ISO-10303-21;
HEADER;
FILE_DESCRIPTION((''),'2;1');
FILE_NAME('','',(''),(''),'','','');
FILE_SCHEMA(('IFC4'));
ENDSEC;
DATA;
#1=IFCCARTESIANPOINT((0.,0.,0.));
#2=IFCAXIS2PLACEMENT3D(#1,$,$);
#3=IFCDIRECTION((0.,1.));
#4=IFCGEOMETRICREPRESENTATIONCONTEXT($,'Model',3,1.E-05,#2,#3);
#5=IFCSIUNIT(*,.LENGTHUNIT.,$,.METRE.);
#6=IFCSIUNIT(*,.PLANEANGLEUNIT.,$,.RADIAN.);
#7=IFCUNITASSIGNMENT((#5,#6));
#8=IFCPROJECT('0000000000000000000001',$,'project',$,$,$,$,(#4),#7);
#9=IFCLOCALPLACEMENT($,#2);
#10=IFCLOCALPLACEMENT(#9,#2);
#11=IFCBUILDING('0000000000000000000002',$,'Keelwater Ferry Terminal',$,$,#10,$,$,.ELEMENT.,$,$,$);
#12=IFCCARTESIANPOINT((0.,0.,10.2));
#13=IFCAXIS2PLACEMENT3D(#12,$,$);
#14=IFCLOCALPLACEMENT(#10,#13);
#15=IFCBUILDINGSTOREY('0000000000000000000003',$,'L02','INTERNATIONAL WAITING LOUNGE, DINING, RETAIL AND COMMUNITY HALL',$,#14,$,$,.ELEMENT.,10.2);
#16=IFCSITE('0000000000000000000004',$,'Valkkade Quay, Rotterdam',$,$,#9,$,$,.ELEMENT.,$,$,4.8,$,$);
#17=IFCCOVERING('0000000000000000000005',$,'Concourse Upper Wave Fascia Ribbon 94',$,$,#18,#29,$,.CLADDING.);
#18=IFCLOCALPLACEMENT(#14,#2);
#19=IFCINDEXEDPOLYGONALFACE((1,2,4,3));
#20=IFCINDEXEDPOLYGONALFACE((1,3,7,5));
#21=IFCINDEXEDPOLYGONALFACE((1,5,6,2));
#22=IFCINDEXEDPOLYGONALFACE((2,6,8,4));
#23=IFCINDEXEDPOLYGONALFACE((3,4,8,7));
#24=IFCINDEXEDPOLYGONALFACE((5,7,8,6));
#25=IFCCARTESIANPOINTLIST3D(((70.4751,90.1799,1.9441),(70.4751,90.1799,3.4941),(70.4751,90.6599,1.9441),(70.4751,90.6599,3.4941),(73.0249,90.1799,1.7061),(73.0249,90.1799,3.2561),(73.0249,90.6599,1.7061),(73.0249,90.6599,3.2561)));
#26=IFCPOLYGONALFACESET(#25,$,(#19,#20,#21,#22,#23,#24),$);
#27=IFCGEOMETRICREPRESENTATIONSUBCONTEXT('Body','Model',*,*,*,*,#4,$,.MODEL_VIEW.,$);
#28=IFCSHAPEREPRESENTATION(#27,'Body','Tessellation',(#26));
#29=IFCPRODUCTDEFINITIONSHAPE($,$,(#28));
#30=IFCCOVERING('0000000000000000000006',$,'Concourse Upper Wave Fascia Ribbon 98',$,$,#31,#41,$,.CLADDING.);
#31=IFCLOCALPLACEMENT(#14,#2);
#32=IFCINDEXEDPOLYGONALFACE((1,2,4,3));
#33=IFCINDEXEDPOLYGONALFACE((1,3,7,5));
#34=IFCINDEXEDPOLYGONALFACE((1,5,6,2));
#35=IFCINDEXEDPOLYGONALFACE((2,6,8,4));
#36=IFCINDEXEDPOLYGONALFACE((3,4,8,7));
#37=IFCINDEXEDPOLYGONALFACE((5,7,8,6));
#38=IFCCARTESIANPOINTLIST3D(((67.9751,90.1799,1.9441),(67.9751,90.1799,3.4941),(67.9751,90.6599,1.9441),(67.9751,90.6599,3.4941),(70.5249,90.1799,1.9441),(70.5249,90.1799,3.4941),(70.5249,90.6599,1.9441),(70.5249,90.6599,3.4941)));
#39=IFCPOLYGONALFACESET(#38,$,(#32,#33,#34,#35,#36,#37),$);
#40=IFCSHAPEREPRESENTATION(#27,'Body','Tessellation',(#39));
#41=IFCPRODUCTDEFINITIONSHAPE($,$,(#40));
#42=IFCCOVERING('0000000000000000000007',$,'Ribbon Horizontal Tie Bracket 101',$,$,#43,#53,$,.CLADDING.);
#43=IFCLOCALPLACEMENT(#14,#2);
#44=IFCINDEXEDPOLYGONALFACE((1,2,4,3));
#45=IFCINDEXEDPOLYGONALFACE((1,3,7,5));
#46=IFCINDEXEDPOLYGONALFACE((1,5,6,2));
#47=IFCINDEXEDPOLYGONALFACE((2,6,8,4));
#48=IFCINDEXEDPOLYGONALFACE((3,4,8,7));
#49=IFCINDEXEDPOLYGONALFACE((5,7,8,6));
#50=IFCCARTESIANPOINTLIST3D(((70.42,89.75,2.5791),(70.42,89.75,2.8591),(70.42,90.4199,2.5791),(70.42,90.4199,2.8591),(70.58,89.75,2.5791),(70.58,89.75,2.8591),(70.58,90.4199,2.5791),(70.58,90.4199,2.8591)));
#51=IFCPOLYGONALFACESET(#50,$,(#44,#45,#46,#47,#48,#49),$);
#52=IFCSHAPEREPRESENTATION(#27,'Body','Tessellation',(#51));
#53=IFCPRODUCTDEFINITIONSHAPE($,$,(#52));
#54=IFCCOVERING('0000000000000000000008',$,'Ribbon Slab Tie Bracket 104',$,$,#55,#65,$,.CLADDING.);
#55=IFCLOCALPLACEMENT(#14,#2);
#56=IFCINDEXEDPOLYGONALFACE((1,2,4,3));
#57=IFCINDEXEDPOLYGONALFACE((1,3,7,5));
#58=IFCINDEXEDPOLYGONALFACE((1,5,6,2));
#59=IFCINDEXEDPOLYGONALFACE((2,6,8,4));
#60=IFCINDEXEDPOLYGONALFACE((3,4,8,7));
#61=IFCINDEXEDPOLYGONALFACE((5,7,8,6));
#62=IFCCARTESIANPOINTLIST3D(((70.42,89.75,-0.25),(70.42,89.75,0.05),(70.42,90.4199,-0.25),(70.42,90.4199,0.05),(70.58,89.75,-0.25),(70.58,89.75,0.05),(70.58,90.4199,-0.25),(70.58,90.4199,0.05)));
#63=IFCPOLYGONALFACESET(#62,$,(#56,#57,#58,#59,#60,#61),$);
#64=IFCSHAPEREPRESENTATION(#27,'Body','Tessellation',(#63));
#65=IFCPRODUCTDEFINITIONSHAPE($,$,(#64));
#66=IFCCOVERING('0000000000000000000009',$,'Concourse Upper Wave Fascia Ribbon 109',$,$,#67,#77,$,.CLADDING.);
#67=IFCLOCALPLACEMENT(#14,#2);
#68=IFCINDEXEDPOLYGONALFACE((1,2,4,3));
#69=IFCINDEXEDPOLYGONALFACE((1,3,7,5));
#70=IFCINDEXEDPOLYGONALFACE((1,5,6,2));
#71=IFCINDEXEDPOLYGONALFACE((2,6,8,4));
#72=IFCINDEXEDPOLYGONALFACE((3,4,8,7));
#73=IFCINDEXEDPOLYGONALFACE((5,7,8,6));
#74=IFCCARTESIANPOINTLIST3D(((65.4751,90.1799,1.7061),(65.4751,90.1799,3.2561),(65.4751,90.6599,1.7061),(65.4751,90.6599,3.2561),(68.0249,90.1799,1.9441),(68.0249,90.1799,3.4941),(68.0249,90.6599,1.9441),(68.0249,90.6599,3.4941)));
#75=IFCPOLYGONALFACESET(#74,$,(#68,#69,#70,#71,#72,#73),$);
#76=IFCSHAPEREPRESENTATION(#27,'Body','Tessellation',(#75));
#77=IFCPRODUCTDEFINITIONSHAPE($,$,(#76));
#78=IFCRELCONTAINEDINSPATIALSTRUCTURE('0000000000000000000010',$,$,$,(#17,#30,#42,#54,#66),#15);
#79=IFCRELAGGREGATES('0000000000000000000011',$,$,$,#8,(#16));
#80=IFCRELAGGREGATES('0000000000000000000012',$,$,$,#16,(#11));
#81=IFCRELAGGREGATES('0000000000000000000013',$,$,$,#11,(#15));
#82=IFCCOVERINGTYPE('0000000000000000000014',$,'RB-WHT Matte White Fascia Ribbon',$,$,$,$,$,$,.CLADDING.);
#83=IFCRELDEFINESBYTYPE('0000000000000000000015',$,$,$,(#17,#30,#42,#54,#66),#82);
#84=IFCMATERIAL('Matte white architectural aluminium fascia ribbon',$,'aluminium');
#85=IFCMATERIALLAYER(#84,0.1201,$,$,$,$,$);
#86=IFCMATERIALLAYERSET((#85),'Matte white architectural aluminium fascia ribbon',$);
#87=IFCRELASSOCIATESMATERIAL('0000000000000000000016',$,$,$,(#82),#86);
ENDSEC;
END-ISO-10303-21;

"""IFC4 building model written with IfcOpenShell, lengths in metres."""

from ifc_helpers import new_model, si_unit, direction, frame, frame_2d, origin, place, context, subcontext, project, spatial, polyline, rectangle, outline, extrude, material, layer, layer_set, type_object, element, save


model = new_model("IFC4")

# Units and contexts
model_context = context("Model", 3, precision=1e-05, world=origin(), true_north=direction((0.0, 1.0)))
body_context = subcontext(model_context, "Body", "Model", "MODEL_VIEW")
ifc_project = project(units=[si_unit("LENGTHUNIT", "METRE"), si_unit("PLANEANGLEUNIT", "RADIAN")], contexts=[model_context])

# Site, building, storey
site_placement = place(None, origin())
site = spatial("IfcSite", under=ifc_project, at=site_placement, Name="Valkkade Quay, Rotterdam", CompositionType="ELEMENT", RefElevation=4.8)
building_placement = place(site_placement, origin())
building = spatial("IfcBuilding", under=site, at=building_placement, Name="Keelwater Ferry Terminal", CompositionType="ELEMENT")
storey_placement = place(building_placement, frame((0.0, 0.0, 10.2)))
storey = spatial("IfcBuildingStorey", under=building, at=storey_placement, Name="L02", Description="INTERNATIONAL WAITING LOUNGE, DINING, RETAIL AND COMMUNITY HALL", CompositionType="ELEMENT", Elevation=10.2)

# Coverings
ifc_material_1 = material(Name="Matte white architectural aluminium fascia ribbon", Category="aluminium")
ifc_layer_1 = layer(ifc_material_1, 0.1201)
ifc_layer_set_1 = layer_set([ifc_layer_1], Name="Matte white architectural aluminium fascia ribbon")
covering_type = type_object("IfcCoveringType", Name="RB-WHT Matte White Fascia Ribbon", PredefinedType="CLADDING", material=ifc_layer_set_1)
covering_1_placement = place(storey_placement, frame((73.0249, 90.4199, 1.7061), z_axis=(0.0, 0.0, 1.0), x_axis=(-1.0, 0.0, 0.0)))
element("IfcCovering", 1, at=covering_1_placement, inside=storey, type_object=covering_type, Name="Concourse Upper Wave Fascia Ribbon 94", PredefinedType="CLADDING", context=body_context, shape_type="SweptSolid", body=[
    extrude(outline(polyline([(0.0, 0.0), (2.5498, 0.238), (2.5498, 1.7881), (0.0, 1.55), (0.0, 0.0)])), frame((0.0, 0.24, 0.0), z_axis=(0.0, -1.0, 0.0), x_axis=(1.0, 0.0, 0.0)), (0.0, 0.0, 1.0), 0.48),
])
covering_2_placement = place(storey_placement, frame((70.5249, 90.4199, 1.9441), z_axis=(0.0, 0.0, 1.0), x_axis=(-1.0, 0.0, 0.0)))
element("IfcCovering", 2, at=covering_2_placement, inside=storey, type_object=covering_type, Name="Concourse Upper Wave Fascia Ribbon 98", PredefinedType="CLADDING", context=body_context, shape_type="SweptSolid", body=[
    extrude(outline(polyline([(0.0, 0.0), (2.5498, 0.0), (2.5498, 1.55), (0.0, 1.55), (0.0, 0.0)])), frame((0.0, 0.24, 0.0), z_axis=(0.0, -1.0, 0.0), x_axis=(1.0, 0.0, 0.0)), (0.0, 0.0, 1.0), 0.48),
])
covering_3_placement = place(storey_placement, frame((70.5, 90.4199, 2.5791), z_axis=(0.0, 0.0, 1.0), x_axis=(0.0, -1.0, 0.0)))
element("IfcCovering", 3, at=covering_3_placement, inside=storey, type_object=covering_type, Name="Ribbon Horizontal Tie Bracket 101", PredefinedType="CLADDING", context=body_context, shape_type="SweptSolid", body=[
    extrude(rectangle(XDim=0.6699, YDim=0.1599, at=frame_2d((0.335, 0.0))), origin(), (0.0, 0.0, 1.0), 0.28),
])
covering_4_placement = place(storey_placement, frame((70.5, 90.4199, -0.25), z_axis=(0.0, 0.0, 1.0), x_axis=(0.0, -1.0, 0.0)))
element("IfcCovering", 4, at=covering_4_placement, inside=storey, type_object=covering_type, Name="Ribbon Slab Tie Bracket 104", PredefinedType="CLADDING", context=body_context, shape_type="SweptSolid", body=[
    extrude(rectangle(XDim=0.6699, YDim=0.1599, at=frame_2d((0.335, 0.0))), origin(), (0.0, 0.0, 1.0), 0.3),
])
covering_5_placement = place(storey_placement, frame((68.0249, 90.4199, 1.7061), z_axis=(0.0, 0.0, 1.0), x_axis=(-1.0, 0.0, 0.0)))
element("IfcCovering", 5, at=covering_5_placement, inside=storey, type_object=covering_type, Name="Concourse Upper Wave Fascia Ribbon 109", PredefinedType="CLADDING", context=body_context, shape_type="SweptSolid", body=[
    extrude(outline(polyline([(0.0, 0.238), (2.5498, 0.0), (2.5498, 1.55), (0.0, 1.7881), (0.0, 0.238)])), frame((0.0, 0.24, 0.0), z_axis=(0.0, -1.0, 0.0), x_axis=(1.0, 0.0, 0.0)), (0.0, 0.0, 1.0), 0.48),
])

save(model, "model.ifc")
